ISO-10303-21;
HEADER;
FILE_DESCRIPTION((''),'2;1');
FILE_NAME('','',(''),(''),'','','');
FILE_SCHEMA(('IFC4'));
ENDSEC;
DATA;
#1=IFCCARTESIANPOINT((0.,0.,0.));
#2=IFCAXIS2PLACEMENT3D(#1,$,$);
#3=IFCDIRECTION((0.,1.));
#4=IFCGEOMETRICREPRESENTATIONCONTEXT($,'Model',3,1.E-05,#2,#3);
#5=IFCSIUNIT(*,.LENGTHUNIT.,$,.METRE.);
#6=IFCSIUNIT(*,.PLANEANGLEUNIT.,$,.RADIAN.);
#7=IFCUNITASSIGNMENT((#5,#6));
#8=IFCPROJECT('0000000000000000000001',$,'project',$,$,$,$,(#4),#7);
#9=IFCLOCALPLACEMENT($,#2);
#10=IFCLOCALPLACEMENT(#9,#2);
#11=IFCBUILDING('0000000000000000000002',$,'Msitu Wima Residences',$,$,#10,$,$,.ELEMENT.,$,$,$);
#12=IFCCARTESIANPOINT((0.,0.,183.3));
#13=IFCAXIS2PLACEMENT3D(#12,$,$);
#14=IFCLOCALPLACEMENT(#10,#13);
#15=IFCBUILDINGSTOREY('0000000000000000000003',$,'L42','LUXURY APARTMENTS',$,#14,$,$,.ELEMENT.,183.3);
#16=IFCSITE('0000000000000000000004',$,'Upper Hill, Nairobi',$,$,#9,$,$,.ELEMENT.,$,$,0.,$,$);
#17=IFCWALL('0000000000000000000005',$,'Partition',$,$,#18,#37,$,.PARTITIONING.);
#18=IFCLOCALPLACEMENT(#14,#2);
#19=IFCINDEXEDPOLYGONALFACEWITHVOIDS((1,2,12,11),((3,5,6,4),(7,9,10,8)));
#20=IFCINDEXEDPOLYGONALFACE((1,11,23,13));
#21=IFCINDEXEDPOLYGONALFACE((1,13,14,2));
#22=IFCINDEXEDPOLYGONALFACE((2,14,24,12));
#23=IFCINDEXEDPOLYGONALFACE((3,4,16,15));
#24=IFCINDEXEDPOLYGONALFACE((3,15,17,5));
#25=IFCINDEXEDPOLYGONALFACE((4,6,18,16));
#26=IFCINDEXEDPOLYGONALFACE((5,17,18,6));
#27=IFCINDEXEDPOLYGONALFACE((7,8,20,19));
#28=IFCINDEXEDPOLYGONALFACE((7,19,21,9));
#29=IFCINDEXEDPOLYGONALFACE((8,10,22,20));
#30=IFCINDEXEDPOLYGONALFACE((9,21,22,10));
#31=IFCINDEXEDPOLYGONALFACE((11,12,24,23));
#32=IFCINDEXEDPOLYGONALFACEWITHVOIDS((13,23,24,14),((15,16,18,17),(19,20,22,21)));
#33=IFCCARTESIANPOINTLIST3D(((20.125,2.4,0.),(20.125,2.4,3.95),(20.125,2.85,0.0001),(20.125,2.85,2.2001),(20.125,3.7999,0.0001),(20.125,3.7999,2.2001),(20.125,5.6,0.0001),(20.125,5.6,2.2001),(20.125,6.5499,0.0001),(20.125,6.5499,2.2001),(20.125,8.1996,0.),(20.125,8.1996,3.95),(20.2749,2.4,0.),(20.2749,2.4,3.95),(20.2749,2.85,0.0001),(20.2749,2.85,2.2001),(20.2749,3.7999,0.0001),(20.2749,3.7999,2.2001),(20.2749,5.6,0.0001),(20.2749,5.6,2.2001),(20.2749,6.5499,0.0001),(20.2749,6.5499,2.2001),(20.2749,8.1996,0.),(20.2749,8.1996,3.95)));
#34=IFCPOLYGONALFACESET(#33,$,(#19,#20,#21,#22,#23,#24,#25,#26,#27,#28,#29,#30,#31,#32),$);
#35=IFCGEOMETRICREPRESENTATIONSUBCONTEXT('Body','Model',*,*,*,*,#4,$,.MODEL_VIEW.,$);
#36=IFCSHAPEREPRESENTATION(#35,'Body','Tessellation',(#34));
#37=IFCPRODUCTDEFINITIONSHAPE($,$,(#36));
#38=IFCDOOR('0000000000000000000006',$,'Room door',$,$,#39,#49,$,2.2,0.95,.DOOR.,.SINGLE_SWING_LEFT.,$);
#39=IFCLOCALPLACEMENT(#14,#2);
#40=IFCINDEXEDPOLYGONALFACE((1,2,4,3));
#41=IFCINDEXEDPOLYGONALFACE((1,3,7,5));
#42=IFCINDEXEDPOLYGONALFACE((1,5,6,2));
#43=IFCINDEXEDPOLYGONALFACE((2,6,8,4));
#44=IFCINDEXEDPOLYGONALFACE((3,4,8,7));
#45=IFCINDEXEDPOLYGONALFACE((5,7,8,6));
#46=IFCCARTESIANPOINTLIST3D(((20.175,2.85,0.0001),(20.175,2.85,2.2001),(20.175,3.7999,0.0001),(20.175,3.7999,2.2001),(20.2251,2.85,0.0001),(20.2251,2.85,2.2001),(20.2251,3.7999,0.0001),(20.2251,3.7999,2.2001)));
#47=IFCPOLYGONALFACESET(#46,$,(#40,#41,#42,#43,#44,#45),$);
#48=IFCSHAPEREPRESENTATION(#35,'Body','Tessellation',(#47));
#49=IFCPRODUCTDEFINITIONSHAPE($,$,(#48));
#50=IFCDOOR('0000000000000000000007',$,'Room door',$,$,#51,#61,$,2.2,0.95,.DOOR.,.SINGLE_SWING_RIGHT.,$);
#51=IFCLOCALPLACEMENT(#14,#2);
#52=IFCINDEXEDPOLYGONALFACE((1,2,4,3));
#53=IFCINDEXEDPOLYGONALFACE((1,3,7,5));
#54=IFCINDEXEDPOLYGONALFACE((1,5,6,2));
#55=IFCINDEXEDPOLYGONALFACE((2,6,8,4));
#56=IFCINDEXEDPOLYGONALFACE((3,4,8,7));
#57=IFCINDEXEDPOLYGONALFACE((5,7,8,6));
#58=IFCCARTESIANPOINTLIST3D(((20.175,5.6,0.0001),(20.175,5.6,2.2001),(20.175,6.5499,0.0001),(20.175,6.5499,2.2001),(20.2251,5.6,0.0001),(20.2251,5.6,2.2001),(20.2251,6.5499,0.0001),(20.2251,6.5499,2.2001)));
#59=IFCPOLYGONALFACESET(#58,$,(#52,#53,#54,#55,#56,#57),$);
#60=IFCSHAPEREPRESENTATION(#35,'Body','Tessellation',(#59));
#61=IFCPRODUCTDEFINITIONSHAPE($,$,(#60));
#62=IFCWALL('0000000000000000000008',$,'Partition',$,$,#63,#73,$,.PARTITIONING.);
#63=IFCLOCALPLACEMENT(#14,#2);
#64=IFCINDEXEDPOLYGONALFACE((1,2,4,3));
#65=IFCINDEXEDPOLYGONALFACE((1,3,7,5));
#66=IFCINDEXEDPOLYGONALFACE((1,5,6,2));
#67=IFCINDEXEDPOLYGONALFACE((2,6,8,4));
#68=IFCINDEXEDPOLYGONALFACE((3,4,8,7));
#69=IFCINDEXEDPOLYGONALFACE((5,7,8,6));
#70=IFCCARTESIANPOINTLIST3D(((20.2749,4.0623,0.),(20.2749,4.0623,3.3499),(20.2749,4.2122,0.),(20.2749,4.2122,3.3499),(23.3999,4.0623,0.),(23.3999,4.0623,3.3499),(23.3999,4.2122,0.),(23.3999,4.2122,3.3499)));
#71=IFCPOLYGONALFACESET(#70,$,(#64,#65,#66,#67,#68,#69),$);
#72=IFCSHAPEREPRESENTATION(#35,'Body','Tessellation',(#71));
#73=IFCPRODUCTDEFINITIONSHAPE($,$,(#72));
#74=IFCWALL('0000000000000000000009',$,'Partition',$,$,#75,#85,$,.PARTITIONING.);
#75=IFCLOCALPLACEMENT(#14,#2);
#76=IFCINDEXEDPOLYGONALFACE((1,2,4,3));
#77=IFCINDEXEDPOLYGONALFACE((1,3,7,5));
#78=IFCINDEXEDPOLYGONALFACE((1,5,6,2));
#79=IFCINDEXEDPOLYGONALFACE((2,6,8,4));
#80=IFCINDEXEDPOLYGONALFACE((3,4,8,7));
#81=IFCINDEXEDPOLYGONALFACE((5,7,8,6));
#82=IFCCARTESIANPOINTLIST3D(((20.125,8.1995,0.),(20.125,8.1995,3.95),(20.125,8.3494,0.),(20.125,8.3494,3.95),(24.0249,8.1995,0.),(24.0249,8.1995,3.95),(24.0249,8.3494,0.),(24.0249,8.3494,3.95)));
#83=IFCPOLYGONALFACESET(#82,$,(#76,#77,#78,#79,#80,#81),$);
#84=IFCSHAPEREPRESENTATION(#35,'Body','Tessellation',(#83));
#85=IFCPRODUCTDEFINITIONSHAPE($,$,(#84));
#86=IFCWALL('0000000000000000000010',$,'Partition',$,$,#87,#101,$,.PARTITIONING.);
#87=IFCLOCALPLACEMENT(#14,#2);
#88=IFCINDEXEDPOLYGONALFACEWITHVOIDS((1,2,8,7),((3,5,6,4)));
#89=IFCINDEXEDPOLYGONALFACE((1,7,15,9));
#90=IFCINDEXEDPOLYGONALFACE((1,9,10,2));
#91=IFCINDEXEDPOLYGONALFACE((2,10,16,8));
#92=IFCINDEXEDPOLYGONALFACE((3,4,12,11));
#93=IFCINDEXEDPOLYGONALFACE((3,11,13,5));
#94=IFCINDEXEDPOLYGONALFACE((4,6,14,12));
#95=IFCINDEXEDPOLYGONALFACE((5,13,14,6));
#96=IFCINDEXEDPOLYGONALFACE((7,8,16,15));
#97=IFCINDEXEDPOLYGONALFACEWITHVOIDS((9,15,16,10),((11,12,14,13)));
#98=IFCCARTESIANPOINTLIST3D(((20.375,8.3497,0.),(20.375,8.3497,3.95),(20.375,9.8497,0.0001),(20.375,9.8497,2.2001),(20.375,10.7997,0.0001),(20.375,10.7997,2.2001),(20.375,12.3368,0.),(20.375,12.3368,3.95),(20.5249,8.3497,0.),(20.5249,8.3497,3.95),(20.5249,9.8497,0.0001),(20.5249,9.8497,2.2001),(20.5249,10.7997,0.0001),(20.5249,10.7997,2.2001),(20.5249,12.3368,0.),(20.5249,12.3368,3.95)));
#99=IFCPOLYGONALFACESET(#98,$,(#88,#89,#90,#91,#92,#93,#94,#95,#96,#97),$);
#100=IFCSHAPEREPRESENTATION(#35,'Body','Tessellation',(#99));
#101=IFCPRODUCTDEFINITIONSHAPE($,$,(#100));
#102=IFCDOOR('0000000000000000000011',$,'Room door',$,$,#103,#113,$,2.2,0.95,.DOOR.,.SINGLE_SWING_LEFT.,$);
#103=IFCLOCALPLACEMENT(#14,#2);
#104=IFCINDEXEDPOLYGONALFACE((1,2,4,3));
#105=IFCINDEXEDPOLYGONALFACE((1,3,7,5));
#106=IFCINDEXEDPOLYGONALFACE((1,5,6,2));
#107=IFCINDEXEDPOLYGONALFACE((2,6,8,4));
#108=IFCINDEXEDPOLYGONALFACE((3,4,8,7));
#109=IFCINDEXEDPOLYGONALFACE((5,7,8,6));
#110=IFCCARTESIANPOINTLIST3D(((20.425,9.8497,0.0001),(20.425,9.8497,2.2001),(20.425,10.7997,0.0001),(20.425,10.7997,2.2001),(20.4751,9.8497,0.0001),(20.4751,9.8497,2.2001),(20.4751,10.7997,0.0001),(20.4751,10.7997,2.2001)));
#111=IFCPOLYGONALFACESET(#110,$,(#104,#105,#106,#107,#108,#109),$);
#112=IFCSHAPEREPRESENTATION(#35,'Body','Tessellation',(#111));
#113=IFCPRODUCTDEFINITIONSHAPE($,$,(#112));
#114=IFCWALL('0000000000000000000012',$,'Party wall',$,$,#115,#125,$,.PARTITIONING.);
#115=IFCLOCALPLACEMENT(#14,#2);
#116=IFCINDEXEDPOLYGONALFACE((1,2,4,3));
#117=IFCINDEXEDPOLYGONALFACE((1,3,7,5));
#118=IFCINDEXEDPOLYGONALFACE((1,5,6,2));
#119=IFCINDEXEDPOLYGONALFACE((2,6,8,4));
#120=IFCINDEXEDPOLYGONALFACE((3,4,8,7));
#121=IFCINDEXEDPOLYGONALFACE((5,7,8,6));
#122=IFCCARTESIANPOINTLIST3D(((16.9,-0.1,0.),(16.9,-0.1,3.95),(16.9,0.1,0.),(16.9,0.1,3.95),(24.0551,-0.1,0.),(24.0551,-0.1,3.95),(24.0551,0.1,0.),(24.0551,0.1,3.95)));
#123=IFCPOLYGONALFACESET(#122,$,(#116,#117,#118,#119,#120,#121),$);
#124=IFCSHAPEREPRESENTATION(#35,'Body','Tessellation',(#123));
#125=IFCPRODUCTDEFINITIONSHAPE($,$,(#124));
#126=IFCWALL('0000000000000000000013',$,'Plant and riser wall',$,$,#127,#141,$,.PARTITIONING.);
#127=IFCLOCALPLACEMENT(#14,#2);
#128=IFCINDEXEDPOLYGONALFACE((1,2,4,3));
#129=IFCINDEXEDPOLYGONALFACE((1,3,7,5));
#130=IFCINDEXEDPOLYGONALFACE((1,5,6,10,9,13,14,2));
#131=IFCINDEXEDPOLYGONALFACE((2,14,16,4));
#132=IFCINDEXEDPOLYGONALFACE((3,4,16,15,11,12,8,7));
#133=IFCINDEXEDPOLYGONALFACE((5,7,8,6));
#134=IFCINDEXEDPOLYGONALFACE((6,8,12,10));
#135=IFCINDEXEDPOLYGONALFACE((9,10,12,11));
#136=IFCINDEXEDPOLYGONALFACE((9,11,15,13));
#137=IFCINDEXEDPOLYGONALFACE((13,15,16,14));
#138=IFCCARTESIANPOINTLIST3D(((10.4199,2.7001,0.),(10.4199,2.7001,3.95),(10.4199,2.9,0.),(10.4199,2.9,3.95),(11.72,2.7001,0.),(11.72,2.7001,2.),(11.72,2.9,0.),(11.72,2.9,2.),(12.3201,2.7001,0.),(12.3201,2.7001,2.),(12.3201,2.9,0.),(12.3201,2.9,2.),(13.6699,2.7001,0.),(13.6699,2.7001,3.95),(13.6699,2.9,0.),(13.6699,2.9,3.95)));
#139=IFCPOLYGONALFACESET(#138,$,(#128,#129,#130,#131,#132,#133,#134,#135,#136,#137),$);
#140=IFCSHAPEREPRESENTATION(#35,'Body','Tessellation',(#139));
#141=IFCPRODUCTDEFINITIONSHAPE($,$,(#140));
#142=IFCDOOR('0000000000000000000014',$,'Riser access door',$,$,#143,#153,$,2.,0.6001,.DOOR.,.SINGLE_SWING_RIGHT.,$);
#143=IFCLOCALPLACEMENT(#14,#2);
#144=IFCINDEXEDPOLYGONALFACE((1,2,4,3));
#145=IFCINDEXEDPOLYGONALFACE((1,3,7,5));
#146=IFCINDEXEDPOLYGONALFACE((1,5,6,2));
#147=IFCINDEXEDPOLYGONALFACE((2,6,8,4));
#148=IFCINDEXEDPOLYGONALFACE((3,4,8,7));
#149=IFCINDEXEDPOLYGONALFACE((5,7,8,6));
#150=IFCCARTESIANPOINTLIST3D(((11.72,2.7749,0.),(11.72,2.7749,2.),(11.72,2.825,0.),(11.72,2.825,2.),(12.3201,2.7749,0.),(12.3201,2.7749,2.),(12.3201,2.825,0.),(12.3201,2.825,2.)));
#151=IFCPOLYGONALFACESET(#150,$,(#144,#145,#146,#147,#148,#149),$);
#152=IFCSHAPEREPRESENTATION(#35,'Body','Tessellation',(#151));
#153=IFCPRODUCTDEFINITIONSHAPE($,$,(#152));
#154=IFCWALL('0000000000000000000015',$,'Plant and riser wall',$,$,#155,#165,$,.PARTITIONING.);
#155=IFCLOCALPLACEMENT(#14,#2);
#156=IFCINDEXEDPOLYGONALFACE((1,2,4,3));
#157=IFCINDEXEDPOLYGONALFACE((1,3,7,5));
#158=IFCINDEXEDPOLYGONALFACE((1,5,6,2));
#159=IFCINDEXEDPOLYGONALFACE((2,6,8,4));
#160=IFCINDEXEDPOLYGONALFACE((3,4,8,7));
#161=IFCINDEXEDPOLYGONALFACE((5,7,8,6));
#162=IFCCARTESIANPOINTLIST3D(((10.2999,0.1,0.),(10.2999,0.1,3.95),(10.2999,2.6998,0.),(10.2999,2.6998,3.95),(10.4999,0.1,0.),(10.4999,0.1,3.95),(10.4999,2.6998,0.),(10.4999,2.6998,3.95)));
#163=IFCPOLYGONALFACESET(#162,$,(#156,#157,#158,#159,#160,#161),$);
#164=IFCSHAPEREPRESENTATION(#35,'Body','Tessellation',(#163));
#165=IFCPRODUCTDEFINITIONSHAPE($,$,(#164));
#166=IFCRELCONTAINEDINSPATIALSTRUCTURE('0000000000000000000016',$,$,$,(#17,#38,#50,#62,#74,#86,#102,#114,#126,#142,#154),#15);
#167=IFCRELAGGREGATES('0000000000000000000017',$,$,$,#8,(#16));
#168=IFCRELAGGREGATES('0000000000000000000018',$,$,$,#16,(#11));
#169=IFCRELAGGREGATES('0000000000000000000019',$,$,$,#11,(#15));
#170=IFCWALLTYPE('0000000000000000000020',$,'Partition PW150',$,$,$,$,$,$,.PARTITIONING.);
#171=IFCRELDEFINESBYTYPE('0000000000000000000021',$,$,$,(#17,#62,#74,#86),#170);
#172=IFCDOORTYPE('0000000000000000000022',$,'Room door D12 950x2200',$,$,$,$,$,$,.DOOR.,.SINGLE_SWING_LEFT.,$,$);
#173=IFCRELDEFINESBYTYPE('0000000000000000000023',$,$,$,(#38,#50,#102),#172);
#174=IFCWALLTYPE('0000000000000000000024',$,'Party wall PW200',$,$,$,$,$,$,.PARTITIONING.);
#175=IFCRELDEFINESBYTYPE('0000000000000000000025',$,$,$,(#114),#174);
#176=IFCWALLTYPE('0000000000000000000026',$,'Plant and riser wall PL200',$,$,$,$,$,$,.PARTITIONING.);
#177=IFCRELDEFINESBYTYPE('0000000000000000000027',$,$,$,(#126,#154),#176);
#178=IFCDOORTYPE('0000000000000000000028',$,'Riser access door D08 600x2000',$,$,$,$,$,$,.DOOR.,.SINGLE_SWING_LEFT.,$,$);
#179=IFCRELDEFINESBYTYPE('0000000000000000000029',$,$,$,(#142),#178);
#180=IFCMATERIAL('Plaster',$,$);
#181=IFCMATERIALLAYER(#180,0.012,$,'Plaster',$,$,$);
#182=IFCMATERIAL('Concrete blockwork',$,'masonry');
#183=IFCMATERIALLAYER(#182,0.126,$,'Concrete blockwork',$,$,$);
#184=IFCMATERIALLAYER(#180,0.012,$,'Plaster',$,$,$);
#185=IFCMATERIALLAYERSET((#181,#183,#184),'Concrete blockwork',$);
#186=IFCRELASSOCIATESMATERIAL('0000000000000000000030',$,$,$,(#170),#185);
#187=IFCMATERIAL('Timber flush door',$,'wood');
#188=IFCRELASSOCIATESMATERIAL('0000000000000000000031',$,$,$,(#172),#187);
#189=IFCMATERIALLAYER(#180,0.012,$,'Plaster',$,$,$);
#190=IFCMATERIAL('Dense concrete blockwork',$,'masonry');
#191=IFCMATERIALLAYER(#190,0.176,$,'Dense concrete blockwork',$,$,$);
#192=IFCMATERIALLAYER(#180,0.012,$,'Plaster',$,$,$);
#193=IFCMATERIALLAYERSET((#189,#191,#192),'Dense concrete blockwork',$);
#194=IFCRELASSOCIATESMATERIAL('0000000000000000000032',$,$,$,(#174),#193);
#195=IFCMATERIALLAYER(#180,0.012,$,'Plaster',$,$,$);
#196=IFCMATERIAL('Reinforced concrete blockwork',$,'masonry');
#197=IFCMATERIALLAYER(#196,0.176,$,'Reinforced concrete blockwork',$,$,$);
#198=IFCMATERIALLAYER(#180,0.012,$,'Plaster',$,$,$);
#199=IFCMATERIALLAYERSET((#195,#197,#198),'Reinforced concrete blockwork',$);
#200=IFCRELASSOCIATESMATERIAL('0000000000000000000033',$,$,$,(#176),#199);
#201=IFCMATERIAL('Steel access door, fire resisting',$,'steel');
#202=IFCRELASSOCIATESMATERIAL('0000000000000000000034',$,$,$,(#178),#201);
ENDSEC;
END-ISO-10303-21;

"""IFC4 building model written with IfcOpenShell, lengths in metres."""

from ifc_helpers import new_model, si_unit, direction, frame, frame_2d, origin, place, context, subcontext, project, spatial, rectangle, extrude, material, layer, layer_set, type_object, element, fill, save


model = new_model("IFC4")

# Units and contexts
model_context = context("Model", 3, precision=1e-05, world=origin(), true_north=direction((0.0, 1.0)))
body_context = subcontext(model_context, "Body", "Model", "MODEL_VIEW")
ifc_project = project(units=[si_unit("LENGTHUNIT", "METRE"), si_unit("PLANEANGLEUNIT", "RADIAN")], contexts=[model_context])

# Site, building, storey
site_placement = place(None, origin())
site = spatial("IfcSite", under=ifc_project, at=site_placement, Name="Upper Hill, Nairobi", CompositionType="ELEMENT", RefElevation=0.0)
building_placement = place(site_placement, origin())
building = spatial("IfcBuilding", under=site, at=building_placement, Name="Msitu Wima Residences", CompositionType="ELEMENT")
storey_placement = place(building_placement, frame((0.0, 0.0, 183.3)))
storey = spatial("IfcBuildingStorey", under=building, at=storey_placement, Name="L42", Description="LUXURY APARTMENTS", CompositionType="ELEMENT", Elevation=183.3)

# Shared definitions
ifc_material_1 = material(Name="Plaster")
ifc_layer_1 = layer(ifc_material_1, 0.012, Name="Plaster")
ifc_material_2 = material(Name="Concrete blockwork", Category="masonry")
ifc_layer_2 = layer(ifc_material_2, 0.126, Name="Concrete blockwork")
ifc_layer_3 = layer(ifc_material_1, 0.012, Name="Plaster")
ifc_layer_set_1 = layer_set([ifc_layer_1, ifc_layer_2, ifc_layer_3], Name="Concrete blockwork")
wall_type_1 = type_object("IfcWallType", Name="Partition PW150", PredefinedType="PARTITIONING", material=ifc_layer_set_1)
ifc_material_3 = material(Name="Timber flush door", Category="wood")
door_type_1 = type_object("IfcDoorType", Name="Room door D12 950x2200", OperationType="SINGLE_SWING_LEFT", PredefinedType="DOOR", material=ifc_material_3)

# Wall, openings, doors
wall_1_placement = place(storey_placement, frame((20.2, 2.3999, 0.0), z_axis=(0.0, 0.0, 1.0), x_axis=(0.0, 1.0, 0.0)))
wall_1 = element("IfcWall", 1, at=wall_1_placement, inside=storey, type_object=wall_type_1, Name="Partition", PredefinedType="PARTITIONING", context=body_context, shape_type="SweptSolid", body=[
    extrude(rectangle(XDim=5.7996, YDim=0.1499, at=frame_2d((2.8999, 0.0))), origin(), (0.0, 0.0, 1.0), 3.95),
])
opening_1_placement = place(wall_1_placement, frame((0.45, 0.0, 0.0)))
opening_1 = element("IfcOpeningElement", 2, at=opening_1_placement, cuts=wall_1, PredefinedType="OPENING", context=body_context, shape_type="SweptSolid", body=[
    extrude(rectangle(XDim=0.95, YDim=2.2, at=frame_2d((0.4751, 1.1001))), frame((0.0, 0.085, 0.0), z_axis=(0.0, -1.0, 0.0), x_axis=(1.0, 0.0, 0.0)), (0.0, 0.0, 1.0), 0.1699),
])
opening_2_placement = place(wall_1_placement, frame((3.2, 0.0, 0.0)))
opening_2 = element("IfcOpeningElement", 3, at=opening_2_placement, cuts=wall_1, PredefinedType="OPENING", context=body_context, shape_type="SweptSolid", body=[
    extrude(rectangle(XDim=0.95, YDim=2.2, at=frame_2d((0.4751, 1.1001))), frame((0.0, 0.085, 0.0), z_axis=(0.0, -1.0, 0.0), x_axis=(1.0, 0.0, 0.0)), (0.0, 0.0, 1.0), 0.1699),
])
door_1_placement = place(opening_1_placement, origin())
door_1 = element("IfcDoor", 4, at=door_1_placement, inside=storey, type_object=door_type_1, Name="Room door", OperationType="SINGLE_SWING_LEFT", OverallHeight=2.2, OverallWidth=0.95, PredefinedType="DOOR", context=body_context, shape_type="SweptSolid", body=[
    extrude(rectangle(XDim=0.95, YDim=2.2, at=frame_2d((0.4751, 1.1001))), frame((0.0, 0.0249, 0.0), z_axis=(0.0, -1.0, 0.0), x_axis=(1.0, 0.0, 0.0)), (0.0, 0.0, 1.0), 0.05),
])
fill(opening_1, door_1)
door_2_placement = place(opening_2_placement, origin())
door_2 = element("IfcDoor", 5, at=door_2_placement, inside=storey, type_object=door_type_1, Name="Room door", OperationType="SINGLE_SWING_RIGHT", OverallHeight=2.2, OverallWidth=0.95, PredefinedType="DOOR", context=body_context, shape_type="SweptSolid", body=[
    extrude(rectangle(XDim=0.95, YDim=2.2, at=frame_2d((0.4751, 1.1001))), frame((0.0, 0.0249, 0.0), z_axis=(0.0, -1.0, 0.0), x_axis=(1.0, 0.0, 0.0)), (0.0, 0.0, 1.0), 0.05),
])
fill(opening_2, door_2)

# Walls
wall_2_placement = place(storey_placement, frame((20.2749, 4.1372, 0.0), z_axis=(0.0, 0.0, 1.0), x_axis=(1.0, 0.0, 0.0)))
element("IfcWall", 6, at=wall_2_placement, inside=storey, type_object=wall_type_1, Name="Partition", PredefinedType="PARTITIONING", context=body_context, shape_type="SweptSolid", body=[
    extrude(rectangle(XDim=3.125, YDim=0.1499, at=frame_2d((1.5625, 0.0))), origin(), (0.0, 0.0, 1.0), 3.3499),
])
wall_3_placement = place(storey_placement, frame((20.125, 8.2744, 0.0), z_axis=(0.0, 0.0, 1.0), x_axis=(1.0, 0.0, 0.0)))
element("IfcWall", 7, at=wall_3_placement, inside=storey, type_object=wall_type_1, Name="Partition", PredefinedType="PARTITIONING", context=body_context, shape_type="SweptSolid", body=[
    extrude(rectangle(XDim=3.8999, YDim=0.1499, at=frame_2d((1.95, 0.0))), origin(), (0.0, 0.0, 1.0), 3.95),
])

# Wall, opening, door
wall_4_placement = place(storey_placement, frame((20.45, 8.3496, 0.0), z_axis=(0.0, 0.0, 1.0), x_axis=(0.0, 1.0, 0.0)))
wall_4 = element("IfcWall", 8, at=wall_4_placement, inside=storey, type_object=wall_type_1, Name="Partition", PredefinedType="PARTITIONING", context=body_context, shape_type="SweptSolid", body=[
    extrude(rectangle(XDim=3.9871, YDim=0.1499, at=frame_2d((1.9937, 0.0))), origin(), (0.0, 0.0, 1.0), 3.95),
])
opening_3_placement = place(wall_4_placement, frame((1.5, 0.0, 0.0)))
opening_3 = element("IfcOpeningElement", 9, at=opening_3_placement, cuts=wall_4, PredefinedType="OPENING", context=body_context, shape_type="SweptSolid", body=[
    extrude(rectangle(XDim=0.95, YDim=2.2, at=frame_2d((0.4751, 1.1001))), frame((0.0, 0.085, 0.0), z_axis=(0.0, -1.0, 0.0), x_axis=(1.0, 0.0, 0.0)), (0.0, 0.0, 1.0), 0.1699),
])
door_3_placement = place(opening_3_placement, origin())
door_3 = element("IfcDoor", 10, at=door_3_placement, inside=storey, type_object=door_type_1, Name="Room door", OperationType="SINGLE_SWING_LEFT", OverallHeight=2.2, OverallWidth=0.95, PredefinedType="DOOR", context=body_context, shape_type="SweptSolid", body=[
    extrude(rectangle(XDim=0.95, YDim=2.2, at=frame_2d((0.4751, 1.1001))), frame((0.0, 0.0249, 0.0), z_axis=(0.0, -1.0, 0.0), x_axis=(1.0, 0.0, 0.0)), (0.0, 0.0, 1.0), 0.05),
])
fill(opening_3, door_3)

# Wall
ifc_layer_4 = layer(ifc_material_1, 0.012, Name="Plaster")
ifc_material_4 = material(Name="Dense concrete blockwork", Category="masonry")
ifc_layer_5 = layer(ifc_material_4, 0.176, Name="Dense concrete blockwork")
ifc_layer_6 = layer(ifc_material_1, 0.012, Name="Plaster")
ifc_layer_set_2 = layer_set([ifc_layer_4, ifc_layer_5, ifc_layer_6], Name="Dense concrete blockwork")
wall_type_2 = type_object("IfcWallType", Name="Party wall PW200", PredefinedType="PARTITIONING", material=ifc_layer_set_2)
wall_5_placement = place(storey_placement, frame((16.8999, 0.0, 0.0), z_axis=(0.0, 0.0, 1.0), x_axis=(1.0, 0.0, 0.0)))
element("IfcWall", 11, at=wall_5_placement, inside=storey, type_object=wall_type_2, Name="Party wall", PredefinedType="PARTITIONING", context=body_context, shape_type="SweptSolid", body=[
    extrude(rectangle(XDim=7.155, YDim=0.2, at=frame_2d((3.5776, 0.0))), origin(), (0.0, 0.0, 1.0), 3.95),
])

# Wall, opening, door
ifc_layer_7 = layer(ifc_material_1, 0.012, Name="Plaster")
ifc_material_5 = material(Name="Reinforced concrete blockwork", Category="masonry")
ifc_layer_8 = layer(ifc_material_5, 0.176, Name="Reinforced concrete blockwork")
ifc_layer_9 = layer(ifc_material_1, 0.012, Name="Plaster")
ifc_layer_set_3 = layer_set([ifc_layer_7, ifc_layer_8, ifc_layer_9], Name="Reinforced concrete blockwork")
wall_type_3 = type_object("IfcWallType", Name="Plant and riser wall PL200", PredefinedType="PARTITIONING", material=ifc_layer_set_3)
wall_6_placement = place(storey_placement, frame((10.4199, 2.8, 0.0), z_axis=(0.0, 0.0, 1.0), x_axis=(1.0, 0.0, 0.0)))
wall_6 = element("IfcWall", 12, at=wall_6_placement, inside=storey, type_object=wall_type_3, Name="Plant and riser wall", PredefinedType="PARTITIONING", context=body_context, shape_type="SweptSolid", body=[
    extrude(rectangle(XDim=3.25, YDim=0.2, at=frame_2d((1.625, 0.0))), origin(), (0.0, 0.0, 1.0), 3.95),
])
opening_4_placement = place(wall_6_placement, frame((1.3, 0.0, 0.0)))
opening_4 = element("IfcOpeningElement", 13, at=opening_4_placement, cuts=wall_6, PredefinedType="OPENING", context=body_context, shape_type="SweptSolid", body=[
    extrude(rectangle(XDim=0.6001, YDim=2.0, at=frame_2d((0.3, 1.0))), frame((0.0, 0.1099, 0.0), z_axis=(0.0, -1.0, 0.0), x_axis=(1.0, 0.0, 0.0)), (0.0, 0.0, 1.0), 0.22),
])
ifc_material_6 = material(Name="Steel access door, fire resisting", Category="steel")
door_type_2 = type_object("IfcDoorType", Name="Riser access door D08 600x2000", OperationType="SINGLE_SWING_LEFT", PredefinedType="DOOR", material=ifc_material_6)
door_4_placement = place(opening_4_placement, origin())
door_4 = element("IfcDoor", 14, at=door_4_placement, inside=storey, type_object=door_type_2, Name="Riser access door", OperationType="SINGLE_SWING_RIGHT", OverallHeight=2.0, OverallWidth=0.6001, PredefinedType="DOOR", context=body_context, shape_type="SweptSolid", body=[
    extrude(rectangle(XDim=0.6001, YDim=2.0, at=frame_2d((0.3, 1.0))), frame((0.0, 0.0249, 0.0), z_axis=(0.0, -1.0, 0.0), x_axis=(1.0, 0.0, 0.0)), (0.0, 0.0, 1.0), 0.05),
])
fill(opening_4, door_4)

# Wall
wall_7_placement = place(storey_placement, frame((10.3999, 0.1001, 0.0), z_axis=(0.0, 0.0, 1.0), x_axis=(0.0, 1.0, 0.0)))
element("IfcWall", 15, at=wall_7_placement, inside=storey, type_object=wall_type_3, Name="Plant and riser wall", PredefinedType="PARTITIONING", context=body_context, shape_type="SweptSolid", body=[
    extrude(rectangle(XDim=2.5999, YDim=0.2, at=frame_2d((1.2998, 0.0))), origin(), (0.0, 0.0, 1.0), 3.95),
])

save(model, "model.ifc")
